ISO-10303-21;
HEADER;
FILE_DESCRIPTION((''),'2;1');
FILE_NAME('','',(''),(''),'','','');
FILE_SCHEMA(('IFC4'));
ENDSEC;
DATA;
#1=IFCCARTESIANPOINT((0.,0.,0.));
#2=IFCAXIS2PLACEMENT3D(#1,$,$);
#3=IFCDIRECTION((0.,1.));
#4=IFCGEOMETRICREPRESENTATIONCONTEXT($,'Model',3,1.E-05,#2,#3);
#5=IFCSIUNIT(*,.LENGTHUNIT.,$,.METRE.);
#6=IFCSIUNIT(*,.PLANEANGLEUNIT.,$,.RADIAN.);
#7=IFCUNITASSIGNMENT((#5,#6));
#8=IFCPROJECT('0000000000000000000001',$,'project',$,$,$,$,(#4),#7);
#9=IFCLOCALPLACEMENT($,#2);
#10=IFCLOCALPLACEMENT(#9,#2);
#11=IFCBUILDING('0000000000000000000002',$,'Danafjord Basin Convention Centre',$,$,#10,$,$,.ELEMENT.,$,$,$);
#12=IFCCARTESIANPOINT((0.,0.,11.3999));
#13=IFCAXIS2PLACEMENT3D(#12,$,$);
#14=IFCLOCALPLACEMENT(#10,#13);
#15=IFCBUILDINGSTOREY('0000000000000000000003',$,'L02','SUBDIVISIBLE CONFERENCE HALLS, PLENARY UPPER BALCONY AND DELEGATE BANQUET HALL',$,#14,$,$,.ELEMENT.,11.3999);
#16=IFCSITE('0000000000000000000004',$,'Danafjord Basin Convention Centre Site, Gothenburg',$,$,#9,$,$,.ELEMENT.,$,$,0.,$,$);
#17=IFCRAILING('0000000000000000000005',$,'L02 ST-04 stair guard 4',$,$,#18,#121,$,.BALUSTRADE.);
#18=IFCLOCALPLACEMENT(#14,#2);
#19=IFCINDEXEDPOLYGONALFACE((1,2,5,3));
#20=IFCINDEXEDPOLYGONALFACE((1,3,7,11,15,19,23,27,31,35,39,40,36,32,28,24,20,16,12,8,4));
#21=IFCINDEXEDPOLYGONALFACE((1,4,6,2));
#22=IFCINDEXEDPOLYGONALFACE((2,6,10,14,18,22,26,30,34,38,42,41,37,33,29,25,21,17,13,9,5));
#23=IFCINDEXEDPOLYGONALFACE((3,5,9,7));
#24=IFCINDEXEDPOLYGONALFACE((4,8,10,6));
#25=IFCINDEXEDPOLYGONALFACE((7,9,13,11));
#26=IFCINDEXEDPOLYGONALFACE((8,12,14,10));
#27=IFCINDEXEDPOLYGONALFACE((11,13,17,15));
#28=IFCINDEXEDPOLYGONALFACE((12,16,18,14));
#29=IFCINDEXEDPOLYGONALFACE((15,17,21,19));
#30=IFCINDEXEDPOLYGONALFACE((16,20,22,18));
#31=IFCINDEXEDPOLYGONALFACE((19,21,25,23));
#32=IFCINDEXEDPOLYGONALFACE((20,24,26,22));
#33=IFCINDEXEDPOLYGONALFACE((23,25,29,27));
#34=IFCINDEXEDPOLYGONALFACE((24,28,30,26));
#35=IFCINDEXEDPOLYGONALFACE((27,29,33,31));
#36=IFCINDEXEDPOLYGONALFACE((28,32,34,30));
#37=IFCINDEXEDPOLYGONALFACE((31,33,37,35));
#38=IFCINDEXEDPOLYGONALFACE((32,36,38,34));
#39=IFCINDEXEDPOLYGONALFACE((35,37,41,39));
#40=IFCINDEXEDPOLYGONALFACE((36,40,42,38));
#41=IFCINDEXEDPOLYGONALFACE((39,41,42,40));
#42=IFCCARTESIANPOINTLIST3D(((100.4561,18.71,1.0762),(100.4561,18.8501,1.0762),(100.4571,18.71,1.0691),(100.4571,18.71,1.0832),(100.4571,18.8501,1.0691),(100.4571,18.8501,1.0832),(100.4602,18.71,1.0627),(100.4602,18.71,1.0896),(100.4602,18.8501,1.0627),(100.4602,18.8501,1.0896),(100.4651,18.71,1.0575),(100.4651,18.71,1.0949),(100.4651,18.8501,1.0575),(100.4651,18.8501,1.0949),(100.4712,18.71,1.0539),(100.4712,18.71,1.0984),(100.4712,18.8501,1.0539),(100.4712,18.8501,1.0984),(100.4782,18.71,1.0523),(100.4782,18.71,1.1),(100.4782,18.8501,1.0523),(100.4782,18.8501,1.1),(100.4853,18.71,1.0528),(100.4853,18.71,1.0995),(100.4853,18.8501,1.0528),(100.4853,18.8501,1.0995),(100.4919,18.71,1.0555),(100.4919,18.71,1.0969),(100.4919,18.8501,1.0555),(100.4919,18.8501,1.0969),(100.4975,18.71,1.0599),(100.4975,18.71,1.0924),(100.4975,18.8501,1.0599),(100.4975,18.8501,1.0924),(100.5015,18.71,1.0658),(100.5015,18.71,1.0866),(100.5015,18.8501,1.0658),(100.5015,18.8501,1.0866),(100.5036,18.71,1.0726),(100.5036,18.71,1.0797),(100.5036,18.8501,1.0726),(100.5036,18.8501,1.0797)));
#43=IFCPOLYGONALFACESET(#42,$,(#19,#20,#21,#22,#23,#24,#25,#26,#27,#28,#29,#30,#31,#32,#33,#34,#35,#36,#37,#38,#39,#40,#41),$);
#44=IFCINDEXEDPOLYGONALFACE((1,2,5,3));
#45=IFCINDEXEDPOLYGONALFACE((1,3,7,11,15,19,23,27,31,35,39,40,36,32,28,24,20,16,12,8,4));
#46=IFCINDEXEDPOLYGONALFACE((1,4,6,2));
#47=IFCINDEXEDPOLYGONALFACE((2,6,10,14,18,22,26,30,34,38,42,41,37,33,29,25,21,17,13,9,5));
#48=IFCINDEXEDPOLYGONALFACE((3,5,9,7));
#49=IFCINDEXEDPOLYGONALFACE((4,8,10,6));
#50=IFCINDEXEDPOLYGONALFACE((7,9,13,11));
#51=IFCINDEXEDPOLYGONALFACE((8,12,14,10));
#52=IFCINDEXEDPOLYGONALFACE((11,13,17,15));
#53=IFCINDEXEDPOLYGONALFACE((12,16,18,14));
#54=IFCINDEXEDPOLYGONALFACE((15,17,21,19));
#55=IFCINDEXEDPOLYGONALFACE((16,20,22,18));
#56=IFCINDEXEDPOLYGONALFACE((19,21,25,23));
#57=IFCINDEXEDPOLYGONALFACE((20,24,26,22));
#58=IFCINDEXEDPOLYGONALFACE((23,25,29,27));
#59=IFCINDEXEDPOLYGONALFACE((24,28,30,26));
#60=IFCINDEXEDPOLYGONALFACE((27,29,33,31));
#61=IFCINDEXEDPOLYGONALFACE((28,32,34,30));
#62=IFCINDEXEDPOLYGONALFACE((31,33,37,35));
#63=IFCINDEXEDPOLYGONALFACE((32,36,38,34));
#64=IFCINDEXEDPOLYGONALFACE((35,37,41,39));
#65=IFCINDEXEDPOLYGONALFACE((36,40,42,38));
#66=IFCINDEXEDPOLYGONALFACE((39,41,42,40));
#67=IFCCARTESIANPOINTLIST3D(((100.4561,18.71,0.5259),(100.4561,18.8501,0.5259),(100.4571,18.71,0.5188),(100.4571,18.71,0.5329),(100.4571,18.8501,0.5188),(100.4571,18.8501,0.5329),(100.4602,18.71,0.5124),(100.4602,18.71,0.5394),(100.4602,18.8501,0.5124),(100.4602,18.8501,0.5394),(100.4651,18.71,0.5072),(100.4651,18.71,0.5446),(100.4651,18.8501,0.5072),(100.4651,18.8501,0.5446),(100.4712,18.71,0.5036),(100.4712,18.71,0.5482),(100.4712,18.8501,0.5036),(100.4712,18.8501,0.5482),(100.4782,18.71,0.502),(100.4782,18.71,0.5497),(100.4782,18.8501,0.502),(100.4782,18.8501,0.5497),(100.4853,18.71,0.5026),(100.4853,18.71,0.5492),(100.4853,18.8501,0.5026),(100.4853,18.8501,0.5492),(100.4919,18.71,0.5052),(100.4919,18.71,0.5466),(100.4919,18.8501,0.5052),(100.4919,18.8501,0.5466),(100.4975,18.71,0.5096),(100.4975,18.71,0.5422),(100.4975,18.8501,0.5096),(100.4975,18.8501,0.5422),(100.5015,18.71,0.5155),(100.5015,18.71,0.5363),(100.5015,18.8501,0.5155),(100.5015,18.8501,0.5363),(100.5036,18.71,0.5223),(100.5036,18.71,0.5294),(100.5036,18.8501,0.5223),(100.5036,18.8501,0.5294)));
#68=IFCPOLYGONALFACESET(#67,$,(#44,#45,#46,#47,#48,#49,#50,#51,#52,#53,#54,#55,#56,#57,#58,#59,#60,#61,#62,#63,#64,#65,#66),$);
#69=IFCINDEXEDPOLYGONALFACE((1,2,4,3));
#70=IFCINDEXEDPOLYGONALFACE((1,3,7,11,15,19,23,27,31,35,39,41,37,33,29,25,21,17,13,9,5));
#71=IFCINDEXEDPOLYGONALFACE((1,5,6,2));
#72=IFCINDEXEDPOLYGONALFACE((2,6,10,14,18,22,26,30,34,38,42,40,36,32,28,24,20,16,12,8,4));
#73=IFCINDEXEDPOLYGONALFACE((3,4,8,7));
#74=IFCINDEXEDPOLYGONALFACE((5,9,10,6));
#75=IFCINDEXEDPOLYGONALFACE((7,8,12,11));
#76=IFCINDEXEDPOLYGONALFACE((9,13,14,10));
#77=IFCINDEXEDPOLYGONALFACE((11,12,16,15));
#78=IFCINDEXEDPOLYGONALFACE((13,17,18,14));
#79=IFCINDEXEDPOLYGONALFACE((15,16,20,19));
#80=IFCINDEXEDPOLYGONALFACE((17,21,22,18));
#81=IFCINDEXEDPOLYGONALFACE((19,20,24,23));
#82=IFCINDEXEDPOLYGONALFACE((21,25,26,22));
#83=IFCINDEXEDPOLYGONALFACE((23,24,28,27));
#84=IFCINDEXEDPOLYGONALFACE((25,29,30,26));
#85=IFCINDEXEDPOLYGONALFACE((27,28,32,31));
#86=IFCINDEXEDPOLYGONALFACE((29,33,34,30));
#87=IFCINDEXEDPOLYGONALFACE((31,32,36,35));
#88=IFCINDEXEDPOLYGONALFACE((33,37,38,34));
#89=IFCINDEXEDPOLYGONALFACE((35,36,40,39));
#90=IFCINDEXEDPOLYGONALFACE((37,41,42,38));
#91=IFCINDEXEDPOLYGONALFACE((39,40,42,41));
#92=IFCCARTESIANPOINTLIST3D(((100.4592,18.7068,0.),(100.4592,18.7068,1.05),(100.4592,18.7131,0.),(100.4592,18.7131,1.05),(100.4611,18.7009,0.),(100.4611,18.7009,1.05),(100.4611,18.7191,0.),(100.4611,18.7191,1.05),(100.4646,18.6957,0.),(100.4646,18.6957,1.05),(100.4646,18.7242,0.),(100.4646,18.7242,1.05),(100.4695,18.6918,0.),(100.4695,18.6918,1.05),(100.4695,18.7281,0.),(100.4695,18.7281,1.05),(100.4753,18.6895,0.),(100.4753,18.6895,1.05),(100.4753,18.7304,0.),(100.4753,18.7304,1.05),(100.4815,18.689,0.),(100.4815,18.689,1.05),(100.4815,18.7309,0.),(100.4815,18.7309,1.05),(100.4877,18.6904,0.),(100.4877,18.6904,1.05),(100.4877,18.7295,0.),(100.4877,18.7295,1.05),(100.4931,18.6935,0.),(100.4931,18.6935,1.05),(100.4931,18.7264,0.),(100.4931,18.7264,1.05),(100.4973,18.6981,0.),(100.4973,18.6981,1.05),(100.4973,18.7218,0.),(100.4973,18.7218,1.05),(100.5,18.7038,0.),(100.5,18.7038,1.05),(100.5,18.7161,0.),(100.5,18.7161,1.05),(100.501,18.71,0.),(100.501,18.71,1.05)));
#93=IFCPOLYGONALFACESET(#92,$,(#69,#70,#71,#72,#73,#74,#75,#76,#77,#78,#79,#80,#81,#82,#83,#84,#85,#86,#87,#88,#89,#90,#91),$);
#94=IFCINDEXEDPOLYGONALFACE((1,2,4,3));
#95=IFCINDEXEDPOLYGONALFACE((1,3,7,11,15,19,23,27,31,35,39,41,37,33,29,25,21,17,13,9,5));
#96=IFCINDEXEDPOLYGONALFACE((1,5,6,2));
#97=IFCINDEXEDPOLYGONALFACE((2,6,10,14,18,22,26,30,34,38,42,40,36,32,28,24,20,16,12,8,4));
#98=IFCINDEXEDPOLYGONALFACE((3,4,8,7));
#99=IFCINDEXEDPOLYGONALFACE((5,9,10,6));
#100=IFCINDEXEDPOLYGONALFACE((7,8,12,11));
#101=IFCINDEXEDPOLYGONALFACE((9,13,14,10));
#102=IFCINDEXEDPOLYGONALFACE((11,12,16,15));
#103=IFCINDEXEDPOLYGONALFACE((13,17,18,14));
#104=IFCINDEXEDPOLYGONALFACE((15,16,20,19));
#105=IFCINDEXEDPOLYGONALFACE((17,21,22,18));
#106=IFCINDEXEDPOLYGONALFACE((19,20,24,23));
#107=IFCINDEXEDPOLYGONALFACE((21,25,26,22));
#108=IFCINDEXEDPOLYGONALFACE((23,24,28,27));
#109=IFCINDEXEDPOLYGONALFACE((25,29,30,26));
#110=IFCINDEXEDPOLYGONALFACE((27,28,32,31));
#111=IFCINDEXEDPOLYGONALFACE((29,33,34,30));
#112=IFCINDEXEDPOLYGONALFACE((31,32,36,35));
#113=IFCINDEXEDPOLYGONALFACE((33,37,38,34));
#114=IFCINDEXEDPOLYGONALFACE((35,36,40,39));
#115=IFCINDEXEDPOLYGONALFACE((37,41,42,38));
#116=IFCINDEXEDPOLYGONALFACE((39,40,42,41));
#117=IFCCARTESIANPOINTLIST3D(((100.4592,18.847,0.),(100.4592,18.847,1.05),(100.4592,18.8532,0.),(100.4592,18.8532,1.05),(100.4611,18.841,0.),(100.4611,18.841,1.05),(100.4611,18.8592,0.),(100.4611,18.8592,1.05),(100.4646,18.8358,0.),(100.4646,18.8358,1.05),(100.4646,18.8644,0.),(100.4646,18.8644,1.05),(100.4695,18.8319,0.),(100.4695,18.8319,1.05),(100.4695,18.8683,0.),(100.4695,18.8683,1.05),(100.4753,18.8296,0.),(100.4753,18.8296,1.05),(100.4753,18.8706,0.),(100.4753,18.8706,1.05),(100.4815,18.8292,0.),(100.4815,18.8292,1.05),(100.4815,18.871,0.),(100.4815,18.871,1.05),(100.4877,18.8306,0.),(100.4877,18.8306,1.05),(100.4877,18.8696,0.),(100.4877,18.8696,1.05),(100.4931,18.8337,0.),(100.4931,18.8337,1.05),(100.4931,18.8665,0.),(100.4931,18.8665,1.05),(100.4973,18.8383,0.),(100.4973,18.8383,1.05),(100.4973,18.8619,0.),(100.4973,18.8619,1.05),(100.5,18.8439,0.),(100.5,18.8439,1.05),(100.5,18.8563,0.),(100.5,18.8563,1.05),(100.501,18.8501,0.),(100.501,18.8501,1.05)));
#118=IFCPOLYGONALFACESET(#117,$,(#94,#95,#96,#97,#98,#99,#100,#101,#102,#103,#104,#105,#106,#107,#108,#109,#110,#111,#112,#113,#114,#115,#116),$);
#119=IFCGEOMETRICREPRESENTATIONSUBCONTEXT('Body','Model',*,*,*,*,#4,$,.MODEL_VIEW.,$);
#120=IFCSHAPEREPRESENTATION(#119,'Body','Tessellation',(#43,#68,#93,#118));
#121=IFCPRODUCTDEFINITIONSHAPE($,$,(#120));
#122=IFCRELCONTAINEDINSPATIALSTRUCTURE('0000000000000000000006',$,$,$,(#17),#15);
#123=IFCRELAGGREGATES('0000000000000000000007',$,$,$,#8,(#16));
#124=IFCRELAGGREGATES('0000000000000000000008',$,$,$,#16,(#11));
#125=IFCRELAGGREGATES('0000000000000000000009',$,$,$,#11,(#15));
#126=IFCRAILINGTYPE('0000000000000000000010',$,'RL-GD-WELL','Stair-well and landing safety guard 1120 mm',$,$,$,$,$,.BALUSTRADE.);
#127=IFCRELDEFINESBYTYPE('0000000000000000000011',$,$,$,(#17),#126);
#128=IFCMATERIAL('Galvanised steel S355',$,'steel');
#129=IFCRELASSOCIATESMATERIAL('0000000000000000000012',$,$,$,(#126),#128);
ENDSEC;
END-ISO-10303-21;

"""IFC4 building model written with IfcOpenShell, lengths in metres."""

from ifc_helpers import new_model, si_unit, direction, frame, origin, origin_2d, place, context, subcontext, project, spatial, circle, extrude, material, type_object, element, save


model = new_model("IFC4")

# Units and contexts
model_context = context("Model", 3, precision=1e-05, world=origin(), true_north=direction((0.0, 1.0)))
body_context = subcontext(model_context, "Body", "Model", "MODEL_VIEW")
ifc_project = project(units=[si_unit("LENGTHUNIT", "METRE"), si_unit("PLANEANGLEUNIT", "RADIAN")], contexts=[model_context])

# Site, building, storey
site_placement = place(None, origin())
site = spatial("IfcSite", under=ifc_project, at=site_placement, Name="Danafjord Basin Convention Centre Site, Gothenburg", CompositionType="ELEMENT", RefElevation=0.0)
building_placement = place(site_placement, origin())
building = spatial("IfcBuilding", under=site, at=building_placement, Name="Danafjord Basin Convention Centre", CompositionType="ELEMENT")
storey_placement = place(building_placement, frame((0.0, 0.0, 11.3999)))
storey = spatial("IfcBuildingStorey", under=building, at=storey_placement, Name="L02", Description="SUBDIVISIBLE CONFERENCE HALLS, PLENARY UPPER BALCONY AND DELEGATE BANQUET HALL", CompositionType="ELEMENT", Elevation=11.3999)

# Railing
ifc_material_1 = material(Name="Galvanised steel S355", Category="steel")
railing_type_1 = type_object("IfcRailingType", Name="RL-GD-WELL", Description="Stair-well and landing safety guard 1120 mm", PredefinedType="BALUSTRADE", material=ifc_material_1)
for number, where, name in (
    (1, (100.48, 18.71, 0.0), "L02 ST-04 stair guard 4"),
):
    element("IfcRailing", number, at=place(storey_placement, frame(where)), inside=storey, type_object=railing_type_1, Name=name, PredefinedType="BALUSTRADE", context=body_context, shape_type="SweptSolid", body=[
        extrude(circle(Radius=0.0239, at=origin_2d()), frame((0.0, 0.0, 1.0762), z_axis=(0.0, 1.0, 0.0), x_axis=(-1.0, 0.0, 0.0)), (0.0, 0.0, 1.0), 0.1401),
        extrude(circle(Radius=0.0239, at=origin_2d()), frame((0.0, 0.0, 0.5259), z_axis=(0.0, 1.0, 0.0), x_axis=(-1.0, 0.0, 0.0)), (0.0, 0.0, 1.0), 0.1401),
        extrude(circle(Radius=0.021, at=origin_2d()), origin(), (0.0, 0.0, 1.0), 1.05),
        extrude(circle(Radius=0.021, at=origin_2d()), frame((0.0, 0.1401, 0.0)), (0.0, 0.0, 1.0), 1.05),
    ])

save(model, "model.ifc")
